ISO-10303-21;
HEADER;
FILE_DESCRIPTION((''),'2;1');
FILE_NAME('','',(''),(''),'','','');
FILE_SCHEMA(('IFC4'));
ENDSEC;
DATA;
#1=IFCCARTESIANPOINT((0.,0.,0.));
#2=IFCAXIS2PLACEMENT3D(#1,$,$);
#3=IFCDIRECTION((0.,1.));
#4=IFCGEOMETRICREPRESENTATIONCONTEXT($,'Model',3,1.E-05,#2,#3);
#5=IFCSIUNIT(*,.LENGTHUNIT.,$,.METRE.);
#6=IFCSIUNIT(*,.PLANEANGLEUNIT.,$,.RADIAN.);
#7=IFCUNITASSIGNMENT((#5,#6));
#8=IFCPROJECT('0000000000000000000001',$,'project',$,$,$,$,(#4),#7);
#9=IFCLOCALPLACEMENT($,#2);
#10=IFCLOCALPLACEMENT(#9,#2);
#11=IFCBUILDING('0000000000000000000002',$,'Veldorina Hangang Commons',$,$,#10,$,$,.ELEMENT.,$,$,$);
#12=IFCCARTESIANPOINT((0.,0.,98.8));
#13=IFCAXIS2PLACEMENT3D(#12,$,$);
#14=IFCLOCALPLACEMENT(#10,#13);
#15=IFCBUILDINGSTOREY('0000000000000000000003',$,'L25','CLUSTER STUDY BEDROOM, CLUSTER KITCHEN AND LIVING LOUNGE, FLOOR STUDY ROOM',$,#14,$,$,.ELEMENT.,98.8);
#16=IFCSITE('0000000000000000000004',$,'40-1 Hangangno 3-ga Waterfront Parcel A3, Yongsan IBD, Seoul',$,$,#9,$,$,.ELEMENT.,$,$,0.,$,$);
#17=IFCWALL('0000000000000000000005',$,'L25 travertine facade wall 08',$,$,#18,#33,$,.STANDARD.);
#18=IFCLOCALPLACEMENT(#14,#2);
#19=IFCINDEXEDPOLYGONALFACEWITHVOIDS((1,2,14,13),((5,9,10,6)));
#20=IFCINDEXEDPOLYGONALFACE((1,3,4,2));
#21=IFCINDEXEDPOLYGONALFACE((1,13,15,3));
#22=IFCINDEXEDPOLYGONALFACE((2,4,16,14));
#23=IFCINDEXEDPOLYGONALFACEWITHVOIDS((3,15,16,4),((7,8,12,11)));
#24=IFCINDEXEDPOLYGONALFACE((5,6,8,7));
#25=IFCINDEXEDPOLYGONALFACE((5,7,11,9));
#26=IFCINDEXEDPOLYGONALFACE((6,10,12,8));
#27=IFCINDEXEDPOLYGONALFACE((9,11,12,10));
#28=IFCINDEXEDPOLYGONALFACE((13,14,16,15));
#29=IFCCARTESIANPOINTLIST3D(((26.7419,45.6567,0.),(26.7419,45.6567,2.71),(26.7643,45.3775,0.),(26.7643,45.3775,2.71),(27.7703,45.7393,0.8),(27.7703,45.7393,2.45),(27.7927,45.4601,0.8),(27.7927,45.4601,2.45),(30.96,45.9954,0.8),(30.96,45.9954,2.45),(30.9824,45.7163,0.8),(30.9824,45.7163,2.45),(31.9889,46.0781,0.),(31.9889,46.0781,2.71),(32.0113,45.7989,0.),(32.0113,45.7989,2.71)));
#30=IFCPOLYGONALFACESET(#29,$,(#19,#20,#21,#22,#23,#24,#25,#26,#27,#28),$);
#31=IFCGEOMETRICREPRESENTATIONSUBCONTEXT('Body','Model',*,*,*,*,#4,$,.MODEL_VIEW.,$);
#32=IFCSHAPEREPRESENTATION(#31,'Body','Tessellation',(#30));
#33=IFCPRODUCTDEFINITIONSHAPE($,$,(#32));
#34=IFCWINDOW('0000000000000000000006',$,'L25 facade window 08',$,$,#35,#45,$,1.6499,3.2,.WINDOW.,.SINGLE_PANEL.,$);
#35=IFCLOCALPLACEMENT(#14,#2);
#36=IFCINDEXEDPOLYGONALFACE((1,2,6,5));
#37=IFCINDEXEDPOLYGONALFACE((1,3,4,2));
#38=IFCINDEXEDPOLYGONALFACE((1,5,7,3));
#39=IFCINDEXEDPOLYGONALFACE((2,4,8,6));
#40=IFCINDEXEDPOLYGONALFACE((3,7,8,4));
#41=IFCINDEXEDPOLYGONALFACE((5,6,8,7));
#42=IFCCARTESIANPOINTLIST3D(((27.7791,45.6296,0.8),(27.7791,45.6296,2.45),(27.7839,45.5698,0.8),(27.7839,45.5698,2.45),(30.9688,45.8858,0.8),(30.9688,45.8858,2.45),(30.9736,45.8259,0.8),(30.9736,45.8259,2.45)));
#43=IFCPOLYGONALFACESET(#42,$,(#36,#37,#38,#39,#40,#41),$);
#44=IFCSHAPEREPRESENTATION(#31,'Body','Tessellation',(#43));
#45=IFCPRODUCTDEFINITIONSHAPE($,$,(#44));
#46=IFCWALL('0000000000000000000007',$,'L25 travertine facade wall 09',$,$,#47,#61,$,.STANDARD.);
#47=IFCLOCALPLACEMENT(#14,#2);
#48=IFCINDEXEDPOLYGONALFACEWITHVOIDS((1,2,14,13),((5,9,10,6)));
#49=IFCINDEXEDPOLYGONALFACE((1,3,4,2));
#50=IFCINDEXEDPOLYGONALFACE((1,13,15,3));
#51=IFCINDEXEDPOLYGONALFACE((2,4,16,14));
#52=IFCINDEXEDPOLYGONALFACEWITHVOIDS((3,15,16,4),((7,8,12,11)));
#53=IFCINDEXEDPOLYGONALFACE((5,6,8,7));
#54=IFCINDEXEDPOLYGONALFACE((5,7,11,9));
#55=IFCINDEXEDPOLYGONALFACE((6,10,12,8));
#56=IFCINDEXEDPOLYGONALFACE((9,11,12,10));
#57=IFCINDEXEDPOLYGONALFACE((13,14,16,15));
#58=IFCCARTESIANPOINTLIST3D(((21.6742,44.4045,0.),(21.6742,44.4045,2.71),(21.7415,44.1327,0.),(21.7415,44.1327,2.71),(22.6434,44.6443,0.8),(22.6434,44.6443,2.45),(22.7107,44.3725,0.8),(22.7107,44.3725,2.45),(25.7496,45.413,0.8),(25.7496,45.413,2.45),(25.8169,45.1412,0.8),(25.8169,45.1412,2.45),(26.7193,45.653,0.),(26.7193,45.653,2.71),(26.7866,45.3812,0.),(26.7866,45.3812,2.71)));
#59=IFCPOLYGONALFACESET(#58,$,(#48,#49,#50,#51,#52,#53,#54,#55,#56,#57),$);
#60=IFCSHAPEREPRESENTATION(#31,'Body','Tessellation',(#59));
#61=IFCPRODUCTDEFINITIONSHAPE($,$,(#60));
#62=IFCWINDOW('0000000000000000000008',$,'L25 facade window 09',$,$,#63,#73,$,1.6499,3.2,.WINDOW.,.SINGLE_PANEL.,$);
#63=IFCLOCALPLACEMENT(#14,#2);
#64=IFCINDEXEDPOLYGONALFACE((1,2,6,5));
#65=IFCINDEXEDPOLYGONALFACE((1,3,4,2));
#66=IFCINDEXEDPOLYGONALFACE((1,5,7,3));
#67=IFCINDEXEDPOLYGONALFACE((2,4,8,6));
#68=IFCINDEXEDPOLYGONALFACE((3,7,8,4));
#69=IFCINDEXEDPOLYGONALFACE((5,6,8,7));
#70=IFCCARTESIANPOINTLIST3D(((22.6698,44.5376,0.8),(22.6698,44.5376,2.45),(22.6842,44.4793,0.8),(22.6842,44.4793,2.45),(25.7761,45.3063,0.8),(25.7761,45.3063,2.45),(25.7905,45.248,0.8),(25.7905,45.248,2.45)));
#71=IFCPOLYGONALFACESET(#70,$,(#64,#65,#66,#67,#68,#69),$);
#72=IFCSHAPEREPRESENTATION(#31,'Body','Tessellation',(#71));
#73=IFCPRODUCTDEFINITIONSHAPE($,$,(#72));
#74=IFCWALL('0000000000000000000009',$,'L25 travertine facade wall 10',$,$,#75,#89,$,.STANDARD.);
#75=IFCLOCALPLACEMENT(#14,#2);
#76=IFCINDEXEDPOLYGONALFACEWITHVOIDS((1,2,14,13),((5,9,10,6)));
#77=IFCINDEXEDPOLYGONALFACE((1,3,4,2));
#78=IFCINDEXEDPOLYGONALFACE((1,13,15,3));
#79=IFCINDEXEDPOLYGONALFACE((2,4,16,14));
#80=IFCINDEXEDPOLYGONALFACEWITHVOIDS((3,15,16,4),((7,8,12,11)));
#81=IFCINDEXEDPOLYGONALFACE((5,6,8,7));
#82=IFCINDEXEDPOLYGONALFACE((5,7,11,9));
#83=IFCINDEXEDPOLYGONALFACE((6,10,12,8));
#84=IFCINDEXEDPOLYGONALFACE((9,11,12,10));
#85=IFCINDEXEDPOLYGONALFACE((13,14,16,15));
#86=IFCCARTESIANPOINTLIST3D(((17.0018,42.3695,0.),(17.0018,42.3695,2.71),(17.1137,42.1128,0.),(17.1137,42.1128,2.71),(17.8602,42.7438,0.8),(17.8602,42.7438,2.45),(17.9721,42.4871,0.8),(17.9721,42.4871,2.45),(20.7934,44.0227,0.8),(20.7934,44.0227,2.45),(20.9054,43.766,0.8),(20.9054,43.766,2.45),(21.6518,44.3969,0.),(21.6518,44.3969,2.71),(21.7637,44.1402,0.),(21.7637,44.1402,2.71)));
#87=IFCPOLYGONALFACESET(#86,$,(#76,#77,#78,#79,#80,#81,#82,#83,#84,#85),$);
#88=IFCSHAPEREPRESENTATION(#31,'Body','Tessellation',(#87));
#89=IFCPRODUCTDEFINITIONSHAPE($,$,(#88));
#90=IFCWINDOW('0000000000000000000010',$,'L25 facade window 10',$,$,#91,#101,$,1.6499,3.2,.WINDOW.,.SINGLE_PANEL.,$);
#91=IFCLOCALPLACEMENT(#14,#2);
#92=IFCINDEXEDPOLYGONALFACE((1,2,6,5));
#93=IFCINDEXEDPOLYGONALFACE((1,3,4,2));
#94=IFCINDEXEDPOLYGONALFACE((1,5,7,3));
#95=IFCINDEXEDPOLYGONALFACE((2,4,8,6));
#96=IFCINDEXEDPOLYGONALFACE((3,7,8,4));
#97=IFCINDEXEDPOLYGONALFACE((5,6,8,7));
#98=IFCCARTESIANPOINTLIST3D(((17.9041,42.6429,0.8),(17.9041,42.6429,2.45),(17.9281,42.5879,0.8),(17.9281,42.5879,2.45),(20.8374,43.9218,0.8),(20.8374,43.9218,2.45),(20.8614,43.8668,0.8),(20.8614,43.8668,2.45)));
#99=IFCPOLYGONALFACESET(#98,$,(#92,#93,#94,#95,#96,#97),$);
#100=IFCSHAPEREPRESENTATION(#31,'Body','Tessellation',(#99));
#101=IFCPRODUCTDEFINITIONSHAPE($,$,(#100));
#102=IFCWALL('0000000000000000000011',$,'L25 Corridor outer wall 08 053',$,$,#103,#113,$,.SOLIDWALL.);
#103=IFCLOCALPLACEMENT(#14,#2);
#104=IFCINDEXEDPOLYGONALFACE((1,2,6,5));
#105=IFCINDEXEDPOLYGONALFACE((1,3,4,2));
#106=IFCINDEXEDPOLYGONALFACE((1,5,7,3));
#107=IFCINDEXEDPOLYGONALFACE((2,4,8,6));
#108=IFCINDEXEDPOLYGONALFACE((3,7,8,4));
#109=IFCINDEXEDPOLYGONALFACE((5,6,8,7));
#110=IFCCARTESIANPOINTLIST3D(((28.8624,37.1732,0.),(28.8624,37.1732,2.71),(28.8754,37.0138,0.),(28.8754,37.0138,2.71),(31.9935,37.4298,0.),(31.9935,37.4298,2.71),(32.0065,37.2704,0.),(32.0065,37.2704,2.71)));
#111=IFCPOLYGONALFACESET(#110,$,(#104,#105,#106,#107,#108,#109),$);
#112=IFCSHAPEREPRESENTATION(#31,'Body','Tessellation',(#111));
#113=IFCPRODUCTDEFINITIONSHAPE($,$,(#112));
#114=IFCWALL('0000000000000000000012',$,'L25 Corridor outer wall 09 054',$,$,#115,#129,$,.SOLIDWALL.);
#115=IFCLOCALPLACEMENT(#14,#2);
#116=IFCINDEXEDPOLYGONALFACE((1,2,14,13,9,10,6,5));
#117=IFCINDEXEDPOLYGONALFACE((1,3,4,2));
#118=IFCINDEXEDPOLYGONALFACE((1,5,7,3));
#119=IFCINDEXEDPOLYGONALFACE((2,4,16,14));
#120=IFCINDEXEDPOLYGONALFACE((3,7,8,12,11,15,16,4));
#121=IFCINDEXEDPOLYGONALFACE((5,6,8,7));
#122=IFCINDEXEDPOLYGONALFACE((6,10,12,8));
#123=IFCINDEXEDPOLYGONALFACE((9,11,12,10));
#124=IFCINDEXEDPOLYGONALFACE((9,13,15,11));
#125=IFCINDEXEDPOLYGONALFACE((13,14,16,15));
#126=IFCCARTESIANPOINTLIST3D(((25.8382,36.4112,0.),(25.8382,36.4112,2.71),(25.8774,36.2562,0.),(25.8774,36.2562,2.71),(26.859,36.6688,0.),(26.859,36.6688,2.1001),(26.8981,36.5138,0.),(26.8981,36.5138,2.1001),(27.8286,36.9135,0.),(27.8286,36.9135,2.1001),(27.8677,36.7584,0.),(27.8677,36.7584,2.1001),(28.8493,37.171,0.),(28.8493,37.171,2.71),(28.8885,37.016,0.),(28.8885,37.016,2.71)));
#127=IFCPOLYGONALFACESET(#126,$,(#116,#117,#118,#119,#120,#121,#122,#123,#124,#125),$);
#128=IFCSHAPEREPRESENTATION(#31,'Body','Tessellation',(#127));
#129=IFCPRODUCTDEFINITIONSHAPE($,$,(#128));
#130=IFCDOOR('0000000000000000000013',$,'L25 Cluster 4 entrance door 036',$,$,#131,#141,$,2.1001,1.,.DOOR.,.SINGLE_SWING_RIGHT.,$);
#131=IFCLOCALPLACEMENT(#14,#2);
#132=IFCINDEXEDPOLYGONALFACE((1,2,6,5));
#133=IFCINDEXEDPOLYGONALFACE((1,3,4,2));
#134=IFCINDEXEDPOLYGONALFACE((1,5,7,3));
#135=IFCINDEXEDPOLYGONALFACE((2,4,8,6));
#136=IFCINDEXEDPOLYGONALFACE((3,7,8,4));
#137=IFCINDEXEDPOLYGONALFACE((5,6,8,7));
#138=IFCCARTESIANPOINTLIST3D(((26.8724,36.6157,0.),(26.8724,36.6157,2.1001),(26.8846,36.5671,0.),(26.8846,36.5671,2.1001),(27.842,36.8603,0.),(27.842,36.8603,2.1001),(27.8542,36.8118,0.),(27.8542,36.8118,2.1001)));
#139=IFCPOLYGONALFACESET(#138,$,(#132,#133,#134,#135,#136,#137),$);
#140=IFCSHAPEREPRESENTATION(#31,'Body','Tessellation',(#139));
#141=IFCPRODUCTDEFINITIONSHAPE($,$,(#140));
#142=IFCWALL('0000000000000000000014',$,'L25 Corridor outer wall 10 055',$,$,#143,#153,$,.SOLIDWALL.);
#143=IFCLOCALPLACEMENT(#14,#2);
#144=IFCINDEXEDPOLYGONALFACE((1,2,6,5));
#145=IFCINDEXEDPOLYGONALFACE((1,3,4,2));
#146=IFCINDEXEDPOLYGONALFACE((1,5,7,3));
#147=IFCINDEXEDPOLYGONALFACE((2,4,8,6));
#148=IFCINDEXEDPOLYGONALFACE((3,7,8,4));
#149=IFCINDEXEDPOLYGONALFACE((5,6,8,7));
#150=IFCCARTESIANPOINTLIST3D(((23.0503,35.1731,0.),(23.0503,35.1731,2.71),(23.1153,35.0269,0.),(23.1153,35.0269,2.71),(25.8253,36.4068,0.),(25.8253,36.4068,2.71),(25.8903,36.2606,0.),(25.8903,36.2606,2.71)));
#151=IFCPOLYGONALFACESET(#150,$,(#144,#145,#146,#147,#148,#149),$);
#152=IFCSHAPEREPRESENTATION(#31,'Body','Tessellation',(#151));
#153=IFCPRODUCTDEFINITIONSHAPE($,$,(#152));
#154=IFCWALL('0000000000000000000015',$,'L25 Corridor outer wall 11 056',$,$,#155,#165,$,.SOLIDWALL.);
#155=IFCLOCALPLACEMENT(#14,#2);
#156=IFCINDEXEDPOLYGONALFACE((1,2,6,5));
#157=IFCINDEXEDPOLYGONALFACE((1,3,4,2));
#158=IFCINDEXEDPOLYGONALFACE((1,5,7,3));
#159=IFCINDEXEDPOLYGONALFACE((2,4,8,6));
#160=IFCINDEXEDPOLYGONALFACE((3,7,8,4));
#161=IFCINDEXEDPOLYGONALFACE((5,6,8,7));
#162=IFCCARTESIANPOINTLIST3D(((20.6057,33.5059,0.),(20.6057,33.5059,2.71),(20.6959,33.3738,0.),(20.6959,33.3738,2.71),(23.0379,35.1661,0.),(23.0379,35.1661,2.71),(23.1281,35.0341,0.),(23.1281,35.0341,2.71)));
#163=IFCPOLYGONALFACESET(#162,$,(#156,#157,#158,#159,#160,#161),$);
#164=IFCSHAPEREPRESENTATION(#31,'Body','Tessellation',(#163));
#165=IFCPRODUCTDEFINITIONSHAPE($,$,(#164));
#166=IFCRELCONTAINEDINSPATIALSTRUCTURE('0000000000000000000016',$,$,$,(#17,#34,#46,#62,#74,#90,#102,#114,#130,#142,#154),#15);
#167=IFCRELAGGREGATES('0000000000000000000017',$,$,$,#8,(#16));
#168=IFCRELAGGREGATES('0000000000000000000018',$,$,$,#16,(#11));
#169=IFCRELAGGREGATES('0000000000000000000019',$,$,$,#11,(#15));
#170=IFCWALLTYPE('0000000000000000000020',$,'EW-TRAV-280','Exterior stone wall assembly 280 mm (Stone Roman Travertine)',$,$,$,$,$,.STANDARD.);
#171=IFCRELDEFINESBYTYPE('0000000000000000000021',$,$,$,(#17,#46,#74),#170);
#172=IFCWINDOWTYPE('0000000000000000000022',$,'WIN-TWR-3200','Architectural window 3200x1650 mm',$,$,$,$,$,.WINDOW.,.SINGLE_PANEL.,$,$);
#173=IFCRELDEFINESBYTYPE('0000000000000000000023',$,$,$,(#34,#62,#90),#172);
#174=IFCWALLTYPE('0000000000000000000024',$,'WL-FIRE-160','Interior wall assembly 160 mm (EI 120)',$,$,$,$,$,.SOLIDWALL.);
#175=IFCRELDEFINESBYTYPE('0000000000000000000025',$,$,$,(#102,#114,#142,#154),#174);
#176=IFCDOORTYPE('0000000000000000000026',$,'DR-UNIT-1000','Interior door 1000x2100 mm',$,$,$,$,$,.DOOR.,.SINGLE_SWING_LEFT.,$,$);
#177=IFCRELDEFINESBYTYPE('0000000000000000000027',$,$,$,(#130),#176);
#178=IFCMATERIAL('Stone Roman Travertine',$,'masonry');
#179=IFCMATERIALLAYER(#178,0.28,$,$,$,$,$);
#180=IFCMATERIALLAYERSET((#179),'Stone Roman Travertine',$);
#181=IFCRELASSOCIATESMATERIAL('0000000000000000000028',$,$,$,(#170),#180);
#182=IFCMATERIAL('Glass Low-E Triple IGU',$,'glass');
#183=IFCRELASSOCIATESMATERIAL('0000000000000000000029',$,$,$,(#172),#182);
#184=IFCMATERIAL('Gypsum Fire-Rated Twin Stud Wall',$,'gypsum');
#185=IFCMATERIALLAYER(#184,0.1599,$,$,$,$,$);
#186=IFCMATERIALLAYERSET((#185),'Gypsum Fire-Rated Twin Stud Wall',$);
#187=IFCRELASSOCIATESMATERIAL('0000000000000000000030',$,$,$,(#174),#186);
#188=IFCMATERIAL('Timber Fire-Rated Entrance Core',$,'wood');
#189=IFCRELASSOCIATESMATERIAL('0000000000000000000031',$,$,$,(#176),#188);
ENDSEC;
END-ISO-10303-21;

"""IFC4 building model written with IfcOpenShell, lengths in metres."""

from ifc_helpers import new_model, si_unit, direction, frame, frame_2d, origin, place, context, subcontext, project, spatial, rectangle, extrude, material, layer, layer_set, type_object, element, fill, save


model = new_model("IFC4")

# Units and contexts
model_context = context("Model", 3, precision=1e-05, world=origin(), true_north=direction((0.0, 1.0)))
body_context = subcontext(model_context, "Body", "Model", "MODEL_VIEW")
ifc_project = project(units=[si_unit("LENGTHUNIT", "METRE"), si_unit("PLANEANGLEUNIT", "RADIAN")], contexts=[model_context])

# Site, building, storey
site_placement = place(None, origin())
site = spatial("IfcSite", under=ifc_project, at=site_placement, Name="40-1 Hangangno 3-ga Waterfront Parcel A3, Yongsan IBD, Seoul", CompositionType="ELEMENT", RefElevation=0.0)
building_placement = place(site_placement, origin())
building = spatial("IfcBuilding", under=site, at=building_placement, Name="Veldorina Hangang Commons", CompositionType="ELEMENT")
storey_placement = place(building_placement, frame((0.0, 0.0, 98.8)))
storey = spatial("IfcBuildingStorey", under=building, at=storey_placement, Name="L25", Description="CLUSTER STUDY BEDROOM, CLUSTER KITCHEN AND LIVING LOUNGE, FLOOR STUDY ROOM", CompositionType="ELEMENT", Elevation=98.8)

# Walls, openings, windows
ifc_material_1 = material(Name="Stone Roman Travertine", Category="masonry")
ifc_layer_1 = layer(ifc_material_1, 0.28)
ifc_layer_set_1 = layer_set([ifc_layer_1], Name="Stone Roman Travertine")
wall_type_1 = type_object("IfcWallType", Name="EW-TRAV-280", Description="Exterior stone wall assembly 280 mm (Stone Roman Travertine)", PredefinedType="STANDARD", material=ifc_layer_set_1)
wall_1_placement = place(storey_placement, frame((32.0, 45.9385, 0.0), z_axis=(0.0, 0.0, 1.0), x_axis=(-0.996791, -0.080051, 0.0)))
wall_1 = element("IfcWall", 1, at=wall_1_placement, inside=storey, type_object=wall_type_1, Name="L25 travertine facade wall 08", PredefinedType="STANDARD", context=body_context, shape_type="SweptSolid", body=[
    extrude(rectangle(XDim=5.2639, YDim=0.28, at=frame_2d((2.6318, 0.0))), origin(), (0.0, 0.0, 1.0), 2.71),
])
opening_1_placement = place(wall_1_placement, frame((1.032, 0.0, 0.8)))
opening_1 = element("IfcOpeningElement", 2, at=opening_1_placement, cuts=wall_1, PredefinedType="OPENING", context=body_context, shape_type="SweptSolid", body=[
    extrude(rectangle(XDim=3.2, YDim=1.6499, at=frame_2d((1.6001, 0.825))), frame((0.0, 0.1499, 0.0), z_axis=(0.0, -1.0, 0.0), x_axis=(1.0, 0.0, 0.0)), (0.0, 0.0, 1.0), 0.3),
])
ifc_material_2 = material(Name="Glass Low-E Triple IGU", Category="glass")
window_type = type_object("IfcWindowType", Name="WIN-TWR-3200", Description="Architectural window 3200x1650 mm", PartitioningType="SINGLE_PANEL", PredefinedType="WINDOW", material=ifc_material_2)
window_1_placement = place(opening_1_placement, origin())
window_1 = element("IfcWindow", 3, at=window_1_placement, inside=storey, type_object=window_type, Name="L25 facade window 08", OverallHeight=1.6499, OverallWidth=3.2, PartitioningType="SINGLE_PANEL", PredefinedType="WINDOW", context=body_context, shape_type="SweptSolid", body=[
    extrude(rectangle(XDim=3.2, YDim=1.6499, at=frame_2d((1.6001, 0.825))), frame((0.0, 0.03, 0.0), z_axis=(0.0, -1.0, 0.0), x_axis=(1.0, 0.0, 0.0)), (0.0, 0.0, 1.0), 0.0601),
])
fill(opening_1, window_1)
wall_2_placement = place(storey_placement, frame((26.7529, 45.5171, 0.0), z_axis=(0.0, 0.0, 1.0), x_axis=(-0.970717, -0.240225, 0.0)))
wall_2 = element("IfcWall", 4, at=wall_2_placement, inside=storey, type_object=wall_type_1, Name="L25 travertine facade wall 09", PredefinedType="STANDARD", context=body_context, shape_type="SweptSolid", body=[
    extrude(rectangle(XDim=5.1973, YDim=0.28, at=frame_2d((2.5986, 0.0))), origin(), (0.0, 0.0, 1.0), 2.71),
])
opening_2_placement = place(wall_2_placement, frame((0.9988, 0.0, 0.8)))
opening_2 = element("IfcOpeningElement", 5, at=opening_2_placement, cuts=wall_2, PredefinedType="OPENING", context=body_context, shape_type="SweptSolid", body=[
    extrude(rectangle(XDim=3.2, YDim=1.6499, at=frame_2d((1.6001, 0.825))), frame((0.0, 0.1499, 0.0), z_axis=(0.0, -1.0, 0.0), x_axis=(1.0, 0.0, 0.0)), (0.0, 0.0, 1.0), 0.3),
])
window_2_placement = place(opening_2_placement, origin())
window_2 = element("IfcWindow", 6, at=window_2_placement, inside=storey, type_object=window_type, Name="L25 facade window 09", OverallHeight=1.6499, OverallWidth=3.2, PartitioningType="SINGLE_PANEL", PredefinedType="WINDOW", context=body_context, shape_type="SweptSolid", body=[
    extrude(rectangle(XDim=3.2, YDim=1.6499, at=frame_2d((1.6001, 0.825))), frame((0.0, 0.03, 0.0), z_axis=(0.0, -1.0, 0.0), x_axis=(1.0, 0.0, 0.0)), (0.0, 0.0, 1.0), 0.0601),
])
fill(opening_2, window_2)
wall_3_placement = place(storey_placement, frame((21.7078, 44.2686, 0.0), z_axis=(0.0, 0.0, 1.0), x_axis=(-0.916663, -0.399662, 0.0)))
wall_3 = element("IfcWall", 7, at=wall_3_placement, inside=storey, type_object=wall_type_1, Name="L25 travertine facade wall 10", PredefinedType="STANDARD", context=body_context, shape_type="SweptSolid", body=[
    extrude(rectangle(XDim=5.0728, YDim=0.28, at=frame_2d((2.5364, 0.0))), origin(), (0.0, 0.0, 1.0), 2.71),
])
opening_3_placement = place(wall_3_placement, frame((0.9363, 0.0, 0.8)))
opening_3 = element("IfcOpeningElement", 8, at=opening_3_placement, cuts=wall_3, PredefinedType="OPENING", context=body_context, shape_type="SweptSolid", body=[
    extrude(rectangle(XDim=3.2, YDim=1.6499, at=frame_2d((1.6001, 0.825))), frame((0.0, 0.1499, 0.0), z_axis=(0.0, -1.0, 0.0), x_axis=(1.0, 0.0, 0.0)), (0.0, 0.0, 1.0), 0.3),
])
window_3_placement = place(opening_3_placement, origin())
window_3 = element("IfcWindow", 9, at=window_3_placement, inside=storey, type_object=window_type, Name="L25 facade window 10", OverallHeight=1.6499, OverallWidth=3.2, PartitioningType="SINGLE_PANEL", PredefinedType="WINDOW", context=body_context, shape_type="SweptSolid", body=[
    extrude(rectangle(XDim=3.2, YDim=1.6499, at=frame_2d((1.6001, 0.825))), frame((0.0, 0.03, 0.0), z_axis=(0.0, -1.0, 0.0), x_axis=(1.0, 0.0, 0.0)), (0.0, 0.0, 1.0), 0.0601),
])
fill(opening_3, window_3)

# Wall
ifc_material_3 = material(Name="Gypsum Fire-Rated Twin Stud Wall", Category="gypsum")
ifc_layer_2 = layer(ifc_material_3, 0.1599)
ifc_layer_set_2 = layer_set([ifc_layer_2], Name="Gypsum Fire-Rated Twin Stud Wall")
wall_type_2 = type_object("IfcWallType", Name="WL-FIRE-160", Description="Interior wall assembly 160 mm (EI 120)", PredefinedType="SOLIDWALL", material=ifc_layer_set_2)
wall_4_placement = place(storey_placement, frame((32.0, 37.3501, 0.0), z_axis=(0.0, 0.0, 1.0), x_axis=(-0.996659, -0.081676, 0.0)))
element("IfcWall", 10, at=wall_4_placement, inside=storey, type_object=wall_type_2, Name="L25 Corridor outer wall 08 053", PredefinedType="SOLIDWALL", context=body_context, shape_type="SweptSolid", body=[
    extrude(rectangle(XDim=3.1416, YDim=0.1599, at=frame_2d((1.5708, 0.0))), origin(), (0.0, 0.0, 1.0), 2.71),
])

# Wall, opening, door
wall_5_placement = place(storey_placement, frame((28.8689, 37.0935, 0.0), z_axis=(0.0, 0.0, 1.0), x_axis=(-0.969608, -0.244662, 0.0)))
wall_5 = element("IfcWall", 11, at=wall_5_placement, inside=storey, type_object=wall_type_2, Name="L25 Corridor outer wall 09 054", PredefinedType="SOLIDWALL", context=body_context, shape_type="SweptSolid", body=[
    extrude(rectangle(XDim=3.1055, YDim=0.1599, at=frame_2d((1.5527, 0.0))), origin(), (0.0, 0.0, 1.0), 2.71),
])
opening_4_placement = place(wall_5_placement, frame((1.0527, 0.0, 0.0)))
opening_4 = element("IfcOpeningElement", 12, at=opening_4_placement, cuts=wall_5, PredefinedType="OPENING", context=body_context, shape_type="SweptSolid", body=[
    extrude(rectangle(XDim=1.0, YDim=2.1001, at=frame_2d((0.5, 1.05))), frame((0.0, 0.0898, 0.0), z_axis=(0.0, -1.0, 0.0), x_axis=(1.0, 0.0, 0.0)), (0.0, 0.0, 1.0), 0.1799),
])
ifc_material_4 = material(Name="Timber Fire-Rated Entrance Core", Category="wood")
door_type_1 = type_object("IfcDoorType", Name="DR-UNIT-1000", Description="Interior door 1000x2100 mm", OperationType="SINGLE_SWING_LEFT", PredefinedType="DOOR", material=ifc_material_4)
door_1_placement = place(opening_4_placement, origin())
door_1 = element("IfcDoor", 13, at=door_1_placement, inside=storey, type_object=door_type_1, Name="L25 Cluster 4 entrance door 036", OperationType="SINGLE_SWING_RIGHT", OverallHeight=2.1001, OverallWidth=1.0, PredefinedType="DOOR", context=body_context, shape_type="SweptSolid", body=[
    extrude(rectangle(XDim=1.0, YDim=2.1001, at=frame_2d((0.5, 1.05))), frame((0.0, 0.0249, 0.0), z_axis=(0.0, -1.0, 0.0), x_axis=(1.0, 0.0, 0.0)), (0.0, 0.0, 1.0), 0.05),
])
fill(opening_4, door_1)

# Walls
wall_6_placement = place(storey_placement, frame((25.8579, 36.3337, 0.0), z_axis=(0.0, 0.0, 1.0), x_axis=(-0.913768, -0.406235, 0.0)))
element("IfcWall", 14, at=wall_6_placement, inside=storey, type_object=wall_type_2, Name="L25 Corridor outer wall 10 055", PredefinedType="SOLIDWALL", context=body_context, shape_type="SweptSolid", body=[
    extrude(rectangle(XDim=3.0369, YDim=0.1599, at=frame_2d((1.5186, 0.0))), origin(), (0.0, 0.0, 1.0), 2.71),
])
wall_7_placement = place(storey_placement, frame((23.083, 35.1001, 0.0), z_axis=(0.0, 0.0, 1.0), x_axis=(-0.825929, -0.563774, 0.0)))
element("IfcWall", 15, at=wall_7_placement, inside=storey, type_object=wall_type_2, Name="L25 Corridor outer wall 11 056", PredefinedType="SOLIDWALL", context=body_context, shape_type="SweptSolid", body=[
    extrude(rectangle(XDim=2.9448, YDim=0.1599, at=frame_2d((1.4724, 0.0))), origin(), (0.0, 0.0, 1.0), 2.71),
])

save(model, "model.ifc")
